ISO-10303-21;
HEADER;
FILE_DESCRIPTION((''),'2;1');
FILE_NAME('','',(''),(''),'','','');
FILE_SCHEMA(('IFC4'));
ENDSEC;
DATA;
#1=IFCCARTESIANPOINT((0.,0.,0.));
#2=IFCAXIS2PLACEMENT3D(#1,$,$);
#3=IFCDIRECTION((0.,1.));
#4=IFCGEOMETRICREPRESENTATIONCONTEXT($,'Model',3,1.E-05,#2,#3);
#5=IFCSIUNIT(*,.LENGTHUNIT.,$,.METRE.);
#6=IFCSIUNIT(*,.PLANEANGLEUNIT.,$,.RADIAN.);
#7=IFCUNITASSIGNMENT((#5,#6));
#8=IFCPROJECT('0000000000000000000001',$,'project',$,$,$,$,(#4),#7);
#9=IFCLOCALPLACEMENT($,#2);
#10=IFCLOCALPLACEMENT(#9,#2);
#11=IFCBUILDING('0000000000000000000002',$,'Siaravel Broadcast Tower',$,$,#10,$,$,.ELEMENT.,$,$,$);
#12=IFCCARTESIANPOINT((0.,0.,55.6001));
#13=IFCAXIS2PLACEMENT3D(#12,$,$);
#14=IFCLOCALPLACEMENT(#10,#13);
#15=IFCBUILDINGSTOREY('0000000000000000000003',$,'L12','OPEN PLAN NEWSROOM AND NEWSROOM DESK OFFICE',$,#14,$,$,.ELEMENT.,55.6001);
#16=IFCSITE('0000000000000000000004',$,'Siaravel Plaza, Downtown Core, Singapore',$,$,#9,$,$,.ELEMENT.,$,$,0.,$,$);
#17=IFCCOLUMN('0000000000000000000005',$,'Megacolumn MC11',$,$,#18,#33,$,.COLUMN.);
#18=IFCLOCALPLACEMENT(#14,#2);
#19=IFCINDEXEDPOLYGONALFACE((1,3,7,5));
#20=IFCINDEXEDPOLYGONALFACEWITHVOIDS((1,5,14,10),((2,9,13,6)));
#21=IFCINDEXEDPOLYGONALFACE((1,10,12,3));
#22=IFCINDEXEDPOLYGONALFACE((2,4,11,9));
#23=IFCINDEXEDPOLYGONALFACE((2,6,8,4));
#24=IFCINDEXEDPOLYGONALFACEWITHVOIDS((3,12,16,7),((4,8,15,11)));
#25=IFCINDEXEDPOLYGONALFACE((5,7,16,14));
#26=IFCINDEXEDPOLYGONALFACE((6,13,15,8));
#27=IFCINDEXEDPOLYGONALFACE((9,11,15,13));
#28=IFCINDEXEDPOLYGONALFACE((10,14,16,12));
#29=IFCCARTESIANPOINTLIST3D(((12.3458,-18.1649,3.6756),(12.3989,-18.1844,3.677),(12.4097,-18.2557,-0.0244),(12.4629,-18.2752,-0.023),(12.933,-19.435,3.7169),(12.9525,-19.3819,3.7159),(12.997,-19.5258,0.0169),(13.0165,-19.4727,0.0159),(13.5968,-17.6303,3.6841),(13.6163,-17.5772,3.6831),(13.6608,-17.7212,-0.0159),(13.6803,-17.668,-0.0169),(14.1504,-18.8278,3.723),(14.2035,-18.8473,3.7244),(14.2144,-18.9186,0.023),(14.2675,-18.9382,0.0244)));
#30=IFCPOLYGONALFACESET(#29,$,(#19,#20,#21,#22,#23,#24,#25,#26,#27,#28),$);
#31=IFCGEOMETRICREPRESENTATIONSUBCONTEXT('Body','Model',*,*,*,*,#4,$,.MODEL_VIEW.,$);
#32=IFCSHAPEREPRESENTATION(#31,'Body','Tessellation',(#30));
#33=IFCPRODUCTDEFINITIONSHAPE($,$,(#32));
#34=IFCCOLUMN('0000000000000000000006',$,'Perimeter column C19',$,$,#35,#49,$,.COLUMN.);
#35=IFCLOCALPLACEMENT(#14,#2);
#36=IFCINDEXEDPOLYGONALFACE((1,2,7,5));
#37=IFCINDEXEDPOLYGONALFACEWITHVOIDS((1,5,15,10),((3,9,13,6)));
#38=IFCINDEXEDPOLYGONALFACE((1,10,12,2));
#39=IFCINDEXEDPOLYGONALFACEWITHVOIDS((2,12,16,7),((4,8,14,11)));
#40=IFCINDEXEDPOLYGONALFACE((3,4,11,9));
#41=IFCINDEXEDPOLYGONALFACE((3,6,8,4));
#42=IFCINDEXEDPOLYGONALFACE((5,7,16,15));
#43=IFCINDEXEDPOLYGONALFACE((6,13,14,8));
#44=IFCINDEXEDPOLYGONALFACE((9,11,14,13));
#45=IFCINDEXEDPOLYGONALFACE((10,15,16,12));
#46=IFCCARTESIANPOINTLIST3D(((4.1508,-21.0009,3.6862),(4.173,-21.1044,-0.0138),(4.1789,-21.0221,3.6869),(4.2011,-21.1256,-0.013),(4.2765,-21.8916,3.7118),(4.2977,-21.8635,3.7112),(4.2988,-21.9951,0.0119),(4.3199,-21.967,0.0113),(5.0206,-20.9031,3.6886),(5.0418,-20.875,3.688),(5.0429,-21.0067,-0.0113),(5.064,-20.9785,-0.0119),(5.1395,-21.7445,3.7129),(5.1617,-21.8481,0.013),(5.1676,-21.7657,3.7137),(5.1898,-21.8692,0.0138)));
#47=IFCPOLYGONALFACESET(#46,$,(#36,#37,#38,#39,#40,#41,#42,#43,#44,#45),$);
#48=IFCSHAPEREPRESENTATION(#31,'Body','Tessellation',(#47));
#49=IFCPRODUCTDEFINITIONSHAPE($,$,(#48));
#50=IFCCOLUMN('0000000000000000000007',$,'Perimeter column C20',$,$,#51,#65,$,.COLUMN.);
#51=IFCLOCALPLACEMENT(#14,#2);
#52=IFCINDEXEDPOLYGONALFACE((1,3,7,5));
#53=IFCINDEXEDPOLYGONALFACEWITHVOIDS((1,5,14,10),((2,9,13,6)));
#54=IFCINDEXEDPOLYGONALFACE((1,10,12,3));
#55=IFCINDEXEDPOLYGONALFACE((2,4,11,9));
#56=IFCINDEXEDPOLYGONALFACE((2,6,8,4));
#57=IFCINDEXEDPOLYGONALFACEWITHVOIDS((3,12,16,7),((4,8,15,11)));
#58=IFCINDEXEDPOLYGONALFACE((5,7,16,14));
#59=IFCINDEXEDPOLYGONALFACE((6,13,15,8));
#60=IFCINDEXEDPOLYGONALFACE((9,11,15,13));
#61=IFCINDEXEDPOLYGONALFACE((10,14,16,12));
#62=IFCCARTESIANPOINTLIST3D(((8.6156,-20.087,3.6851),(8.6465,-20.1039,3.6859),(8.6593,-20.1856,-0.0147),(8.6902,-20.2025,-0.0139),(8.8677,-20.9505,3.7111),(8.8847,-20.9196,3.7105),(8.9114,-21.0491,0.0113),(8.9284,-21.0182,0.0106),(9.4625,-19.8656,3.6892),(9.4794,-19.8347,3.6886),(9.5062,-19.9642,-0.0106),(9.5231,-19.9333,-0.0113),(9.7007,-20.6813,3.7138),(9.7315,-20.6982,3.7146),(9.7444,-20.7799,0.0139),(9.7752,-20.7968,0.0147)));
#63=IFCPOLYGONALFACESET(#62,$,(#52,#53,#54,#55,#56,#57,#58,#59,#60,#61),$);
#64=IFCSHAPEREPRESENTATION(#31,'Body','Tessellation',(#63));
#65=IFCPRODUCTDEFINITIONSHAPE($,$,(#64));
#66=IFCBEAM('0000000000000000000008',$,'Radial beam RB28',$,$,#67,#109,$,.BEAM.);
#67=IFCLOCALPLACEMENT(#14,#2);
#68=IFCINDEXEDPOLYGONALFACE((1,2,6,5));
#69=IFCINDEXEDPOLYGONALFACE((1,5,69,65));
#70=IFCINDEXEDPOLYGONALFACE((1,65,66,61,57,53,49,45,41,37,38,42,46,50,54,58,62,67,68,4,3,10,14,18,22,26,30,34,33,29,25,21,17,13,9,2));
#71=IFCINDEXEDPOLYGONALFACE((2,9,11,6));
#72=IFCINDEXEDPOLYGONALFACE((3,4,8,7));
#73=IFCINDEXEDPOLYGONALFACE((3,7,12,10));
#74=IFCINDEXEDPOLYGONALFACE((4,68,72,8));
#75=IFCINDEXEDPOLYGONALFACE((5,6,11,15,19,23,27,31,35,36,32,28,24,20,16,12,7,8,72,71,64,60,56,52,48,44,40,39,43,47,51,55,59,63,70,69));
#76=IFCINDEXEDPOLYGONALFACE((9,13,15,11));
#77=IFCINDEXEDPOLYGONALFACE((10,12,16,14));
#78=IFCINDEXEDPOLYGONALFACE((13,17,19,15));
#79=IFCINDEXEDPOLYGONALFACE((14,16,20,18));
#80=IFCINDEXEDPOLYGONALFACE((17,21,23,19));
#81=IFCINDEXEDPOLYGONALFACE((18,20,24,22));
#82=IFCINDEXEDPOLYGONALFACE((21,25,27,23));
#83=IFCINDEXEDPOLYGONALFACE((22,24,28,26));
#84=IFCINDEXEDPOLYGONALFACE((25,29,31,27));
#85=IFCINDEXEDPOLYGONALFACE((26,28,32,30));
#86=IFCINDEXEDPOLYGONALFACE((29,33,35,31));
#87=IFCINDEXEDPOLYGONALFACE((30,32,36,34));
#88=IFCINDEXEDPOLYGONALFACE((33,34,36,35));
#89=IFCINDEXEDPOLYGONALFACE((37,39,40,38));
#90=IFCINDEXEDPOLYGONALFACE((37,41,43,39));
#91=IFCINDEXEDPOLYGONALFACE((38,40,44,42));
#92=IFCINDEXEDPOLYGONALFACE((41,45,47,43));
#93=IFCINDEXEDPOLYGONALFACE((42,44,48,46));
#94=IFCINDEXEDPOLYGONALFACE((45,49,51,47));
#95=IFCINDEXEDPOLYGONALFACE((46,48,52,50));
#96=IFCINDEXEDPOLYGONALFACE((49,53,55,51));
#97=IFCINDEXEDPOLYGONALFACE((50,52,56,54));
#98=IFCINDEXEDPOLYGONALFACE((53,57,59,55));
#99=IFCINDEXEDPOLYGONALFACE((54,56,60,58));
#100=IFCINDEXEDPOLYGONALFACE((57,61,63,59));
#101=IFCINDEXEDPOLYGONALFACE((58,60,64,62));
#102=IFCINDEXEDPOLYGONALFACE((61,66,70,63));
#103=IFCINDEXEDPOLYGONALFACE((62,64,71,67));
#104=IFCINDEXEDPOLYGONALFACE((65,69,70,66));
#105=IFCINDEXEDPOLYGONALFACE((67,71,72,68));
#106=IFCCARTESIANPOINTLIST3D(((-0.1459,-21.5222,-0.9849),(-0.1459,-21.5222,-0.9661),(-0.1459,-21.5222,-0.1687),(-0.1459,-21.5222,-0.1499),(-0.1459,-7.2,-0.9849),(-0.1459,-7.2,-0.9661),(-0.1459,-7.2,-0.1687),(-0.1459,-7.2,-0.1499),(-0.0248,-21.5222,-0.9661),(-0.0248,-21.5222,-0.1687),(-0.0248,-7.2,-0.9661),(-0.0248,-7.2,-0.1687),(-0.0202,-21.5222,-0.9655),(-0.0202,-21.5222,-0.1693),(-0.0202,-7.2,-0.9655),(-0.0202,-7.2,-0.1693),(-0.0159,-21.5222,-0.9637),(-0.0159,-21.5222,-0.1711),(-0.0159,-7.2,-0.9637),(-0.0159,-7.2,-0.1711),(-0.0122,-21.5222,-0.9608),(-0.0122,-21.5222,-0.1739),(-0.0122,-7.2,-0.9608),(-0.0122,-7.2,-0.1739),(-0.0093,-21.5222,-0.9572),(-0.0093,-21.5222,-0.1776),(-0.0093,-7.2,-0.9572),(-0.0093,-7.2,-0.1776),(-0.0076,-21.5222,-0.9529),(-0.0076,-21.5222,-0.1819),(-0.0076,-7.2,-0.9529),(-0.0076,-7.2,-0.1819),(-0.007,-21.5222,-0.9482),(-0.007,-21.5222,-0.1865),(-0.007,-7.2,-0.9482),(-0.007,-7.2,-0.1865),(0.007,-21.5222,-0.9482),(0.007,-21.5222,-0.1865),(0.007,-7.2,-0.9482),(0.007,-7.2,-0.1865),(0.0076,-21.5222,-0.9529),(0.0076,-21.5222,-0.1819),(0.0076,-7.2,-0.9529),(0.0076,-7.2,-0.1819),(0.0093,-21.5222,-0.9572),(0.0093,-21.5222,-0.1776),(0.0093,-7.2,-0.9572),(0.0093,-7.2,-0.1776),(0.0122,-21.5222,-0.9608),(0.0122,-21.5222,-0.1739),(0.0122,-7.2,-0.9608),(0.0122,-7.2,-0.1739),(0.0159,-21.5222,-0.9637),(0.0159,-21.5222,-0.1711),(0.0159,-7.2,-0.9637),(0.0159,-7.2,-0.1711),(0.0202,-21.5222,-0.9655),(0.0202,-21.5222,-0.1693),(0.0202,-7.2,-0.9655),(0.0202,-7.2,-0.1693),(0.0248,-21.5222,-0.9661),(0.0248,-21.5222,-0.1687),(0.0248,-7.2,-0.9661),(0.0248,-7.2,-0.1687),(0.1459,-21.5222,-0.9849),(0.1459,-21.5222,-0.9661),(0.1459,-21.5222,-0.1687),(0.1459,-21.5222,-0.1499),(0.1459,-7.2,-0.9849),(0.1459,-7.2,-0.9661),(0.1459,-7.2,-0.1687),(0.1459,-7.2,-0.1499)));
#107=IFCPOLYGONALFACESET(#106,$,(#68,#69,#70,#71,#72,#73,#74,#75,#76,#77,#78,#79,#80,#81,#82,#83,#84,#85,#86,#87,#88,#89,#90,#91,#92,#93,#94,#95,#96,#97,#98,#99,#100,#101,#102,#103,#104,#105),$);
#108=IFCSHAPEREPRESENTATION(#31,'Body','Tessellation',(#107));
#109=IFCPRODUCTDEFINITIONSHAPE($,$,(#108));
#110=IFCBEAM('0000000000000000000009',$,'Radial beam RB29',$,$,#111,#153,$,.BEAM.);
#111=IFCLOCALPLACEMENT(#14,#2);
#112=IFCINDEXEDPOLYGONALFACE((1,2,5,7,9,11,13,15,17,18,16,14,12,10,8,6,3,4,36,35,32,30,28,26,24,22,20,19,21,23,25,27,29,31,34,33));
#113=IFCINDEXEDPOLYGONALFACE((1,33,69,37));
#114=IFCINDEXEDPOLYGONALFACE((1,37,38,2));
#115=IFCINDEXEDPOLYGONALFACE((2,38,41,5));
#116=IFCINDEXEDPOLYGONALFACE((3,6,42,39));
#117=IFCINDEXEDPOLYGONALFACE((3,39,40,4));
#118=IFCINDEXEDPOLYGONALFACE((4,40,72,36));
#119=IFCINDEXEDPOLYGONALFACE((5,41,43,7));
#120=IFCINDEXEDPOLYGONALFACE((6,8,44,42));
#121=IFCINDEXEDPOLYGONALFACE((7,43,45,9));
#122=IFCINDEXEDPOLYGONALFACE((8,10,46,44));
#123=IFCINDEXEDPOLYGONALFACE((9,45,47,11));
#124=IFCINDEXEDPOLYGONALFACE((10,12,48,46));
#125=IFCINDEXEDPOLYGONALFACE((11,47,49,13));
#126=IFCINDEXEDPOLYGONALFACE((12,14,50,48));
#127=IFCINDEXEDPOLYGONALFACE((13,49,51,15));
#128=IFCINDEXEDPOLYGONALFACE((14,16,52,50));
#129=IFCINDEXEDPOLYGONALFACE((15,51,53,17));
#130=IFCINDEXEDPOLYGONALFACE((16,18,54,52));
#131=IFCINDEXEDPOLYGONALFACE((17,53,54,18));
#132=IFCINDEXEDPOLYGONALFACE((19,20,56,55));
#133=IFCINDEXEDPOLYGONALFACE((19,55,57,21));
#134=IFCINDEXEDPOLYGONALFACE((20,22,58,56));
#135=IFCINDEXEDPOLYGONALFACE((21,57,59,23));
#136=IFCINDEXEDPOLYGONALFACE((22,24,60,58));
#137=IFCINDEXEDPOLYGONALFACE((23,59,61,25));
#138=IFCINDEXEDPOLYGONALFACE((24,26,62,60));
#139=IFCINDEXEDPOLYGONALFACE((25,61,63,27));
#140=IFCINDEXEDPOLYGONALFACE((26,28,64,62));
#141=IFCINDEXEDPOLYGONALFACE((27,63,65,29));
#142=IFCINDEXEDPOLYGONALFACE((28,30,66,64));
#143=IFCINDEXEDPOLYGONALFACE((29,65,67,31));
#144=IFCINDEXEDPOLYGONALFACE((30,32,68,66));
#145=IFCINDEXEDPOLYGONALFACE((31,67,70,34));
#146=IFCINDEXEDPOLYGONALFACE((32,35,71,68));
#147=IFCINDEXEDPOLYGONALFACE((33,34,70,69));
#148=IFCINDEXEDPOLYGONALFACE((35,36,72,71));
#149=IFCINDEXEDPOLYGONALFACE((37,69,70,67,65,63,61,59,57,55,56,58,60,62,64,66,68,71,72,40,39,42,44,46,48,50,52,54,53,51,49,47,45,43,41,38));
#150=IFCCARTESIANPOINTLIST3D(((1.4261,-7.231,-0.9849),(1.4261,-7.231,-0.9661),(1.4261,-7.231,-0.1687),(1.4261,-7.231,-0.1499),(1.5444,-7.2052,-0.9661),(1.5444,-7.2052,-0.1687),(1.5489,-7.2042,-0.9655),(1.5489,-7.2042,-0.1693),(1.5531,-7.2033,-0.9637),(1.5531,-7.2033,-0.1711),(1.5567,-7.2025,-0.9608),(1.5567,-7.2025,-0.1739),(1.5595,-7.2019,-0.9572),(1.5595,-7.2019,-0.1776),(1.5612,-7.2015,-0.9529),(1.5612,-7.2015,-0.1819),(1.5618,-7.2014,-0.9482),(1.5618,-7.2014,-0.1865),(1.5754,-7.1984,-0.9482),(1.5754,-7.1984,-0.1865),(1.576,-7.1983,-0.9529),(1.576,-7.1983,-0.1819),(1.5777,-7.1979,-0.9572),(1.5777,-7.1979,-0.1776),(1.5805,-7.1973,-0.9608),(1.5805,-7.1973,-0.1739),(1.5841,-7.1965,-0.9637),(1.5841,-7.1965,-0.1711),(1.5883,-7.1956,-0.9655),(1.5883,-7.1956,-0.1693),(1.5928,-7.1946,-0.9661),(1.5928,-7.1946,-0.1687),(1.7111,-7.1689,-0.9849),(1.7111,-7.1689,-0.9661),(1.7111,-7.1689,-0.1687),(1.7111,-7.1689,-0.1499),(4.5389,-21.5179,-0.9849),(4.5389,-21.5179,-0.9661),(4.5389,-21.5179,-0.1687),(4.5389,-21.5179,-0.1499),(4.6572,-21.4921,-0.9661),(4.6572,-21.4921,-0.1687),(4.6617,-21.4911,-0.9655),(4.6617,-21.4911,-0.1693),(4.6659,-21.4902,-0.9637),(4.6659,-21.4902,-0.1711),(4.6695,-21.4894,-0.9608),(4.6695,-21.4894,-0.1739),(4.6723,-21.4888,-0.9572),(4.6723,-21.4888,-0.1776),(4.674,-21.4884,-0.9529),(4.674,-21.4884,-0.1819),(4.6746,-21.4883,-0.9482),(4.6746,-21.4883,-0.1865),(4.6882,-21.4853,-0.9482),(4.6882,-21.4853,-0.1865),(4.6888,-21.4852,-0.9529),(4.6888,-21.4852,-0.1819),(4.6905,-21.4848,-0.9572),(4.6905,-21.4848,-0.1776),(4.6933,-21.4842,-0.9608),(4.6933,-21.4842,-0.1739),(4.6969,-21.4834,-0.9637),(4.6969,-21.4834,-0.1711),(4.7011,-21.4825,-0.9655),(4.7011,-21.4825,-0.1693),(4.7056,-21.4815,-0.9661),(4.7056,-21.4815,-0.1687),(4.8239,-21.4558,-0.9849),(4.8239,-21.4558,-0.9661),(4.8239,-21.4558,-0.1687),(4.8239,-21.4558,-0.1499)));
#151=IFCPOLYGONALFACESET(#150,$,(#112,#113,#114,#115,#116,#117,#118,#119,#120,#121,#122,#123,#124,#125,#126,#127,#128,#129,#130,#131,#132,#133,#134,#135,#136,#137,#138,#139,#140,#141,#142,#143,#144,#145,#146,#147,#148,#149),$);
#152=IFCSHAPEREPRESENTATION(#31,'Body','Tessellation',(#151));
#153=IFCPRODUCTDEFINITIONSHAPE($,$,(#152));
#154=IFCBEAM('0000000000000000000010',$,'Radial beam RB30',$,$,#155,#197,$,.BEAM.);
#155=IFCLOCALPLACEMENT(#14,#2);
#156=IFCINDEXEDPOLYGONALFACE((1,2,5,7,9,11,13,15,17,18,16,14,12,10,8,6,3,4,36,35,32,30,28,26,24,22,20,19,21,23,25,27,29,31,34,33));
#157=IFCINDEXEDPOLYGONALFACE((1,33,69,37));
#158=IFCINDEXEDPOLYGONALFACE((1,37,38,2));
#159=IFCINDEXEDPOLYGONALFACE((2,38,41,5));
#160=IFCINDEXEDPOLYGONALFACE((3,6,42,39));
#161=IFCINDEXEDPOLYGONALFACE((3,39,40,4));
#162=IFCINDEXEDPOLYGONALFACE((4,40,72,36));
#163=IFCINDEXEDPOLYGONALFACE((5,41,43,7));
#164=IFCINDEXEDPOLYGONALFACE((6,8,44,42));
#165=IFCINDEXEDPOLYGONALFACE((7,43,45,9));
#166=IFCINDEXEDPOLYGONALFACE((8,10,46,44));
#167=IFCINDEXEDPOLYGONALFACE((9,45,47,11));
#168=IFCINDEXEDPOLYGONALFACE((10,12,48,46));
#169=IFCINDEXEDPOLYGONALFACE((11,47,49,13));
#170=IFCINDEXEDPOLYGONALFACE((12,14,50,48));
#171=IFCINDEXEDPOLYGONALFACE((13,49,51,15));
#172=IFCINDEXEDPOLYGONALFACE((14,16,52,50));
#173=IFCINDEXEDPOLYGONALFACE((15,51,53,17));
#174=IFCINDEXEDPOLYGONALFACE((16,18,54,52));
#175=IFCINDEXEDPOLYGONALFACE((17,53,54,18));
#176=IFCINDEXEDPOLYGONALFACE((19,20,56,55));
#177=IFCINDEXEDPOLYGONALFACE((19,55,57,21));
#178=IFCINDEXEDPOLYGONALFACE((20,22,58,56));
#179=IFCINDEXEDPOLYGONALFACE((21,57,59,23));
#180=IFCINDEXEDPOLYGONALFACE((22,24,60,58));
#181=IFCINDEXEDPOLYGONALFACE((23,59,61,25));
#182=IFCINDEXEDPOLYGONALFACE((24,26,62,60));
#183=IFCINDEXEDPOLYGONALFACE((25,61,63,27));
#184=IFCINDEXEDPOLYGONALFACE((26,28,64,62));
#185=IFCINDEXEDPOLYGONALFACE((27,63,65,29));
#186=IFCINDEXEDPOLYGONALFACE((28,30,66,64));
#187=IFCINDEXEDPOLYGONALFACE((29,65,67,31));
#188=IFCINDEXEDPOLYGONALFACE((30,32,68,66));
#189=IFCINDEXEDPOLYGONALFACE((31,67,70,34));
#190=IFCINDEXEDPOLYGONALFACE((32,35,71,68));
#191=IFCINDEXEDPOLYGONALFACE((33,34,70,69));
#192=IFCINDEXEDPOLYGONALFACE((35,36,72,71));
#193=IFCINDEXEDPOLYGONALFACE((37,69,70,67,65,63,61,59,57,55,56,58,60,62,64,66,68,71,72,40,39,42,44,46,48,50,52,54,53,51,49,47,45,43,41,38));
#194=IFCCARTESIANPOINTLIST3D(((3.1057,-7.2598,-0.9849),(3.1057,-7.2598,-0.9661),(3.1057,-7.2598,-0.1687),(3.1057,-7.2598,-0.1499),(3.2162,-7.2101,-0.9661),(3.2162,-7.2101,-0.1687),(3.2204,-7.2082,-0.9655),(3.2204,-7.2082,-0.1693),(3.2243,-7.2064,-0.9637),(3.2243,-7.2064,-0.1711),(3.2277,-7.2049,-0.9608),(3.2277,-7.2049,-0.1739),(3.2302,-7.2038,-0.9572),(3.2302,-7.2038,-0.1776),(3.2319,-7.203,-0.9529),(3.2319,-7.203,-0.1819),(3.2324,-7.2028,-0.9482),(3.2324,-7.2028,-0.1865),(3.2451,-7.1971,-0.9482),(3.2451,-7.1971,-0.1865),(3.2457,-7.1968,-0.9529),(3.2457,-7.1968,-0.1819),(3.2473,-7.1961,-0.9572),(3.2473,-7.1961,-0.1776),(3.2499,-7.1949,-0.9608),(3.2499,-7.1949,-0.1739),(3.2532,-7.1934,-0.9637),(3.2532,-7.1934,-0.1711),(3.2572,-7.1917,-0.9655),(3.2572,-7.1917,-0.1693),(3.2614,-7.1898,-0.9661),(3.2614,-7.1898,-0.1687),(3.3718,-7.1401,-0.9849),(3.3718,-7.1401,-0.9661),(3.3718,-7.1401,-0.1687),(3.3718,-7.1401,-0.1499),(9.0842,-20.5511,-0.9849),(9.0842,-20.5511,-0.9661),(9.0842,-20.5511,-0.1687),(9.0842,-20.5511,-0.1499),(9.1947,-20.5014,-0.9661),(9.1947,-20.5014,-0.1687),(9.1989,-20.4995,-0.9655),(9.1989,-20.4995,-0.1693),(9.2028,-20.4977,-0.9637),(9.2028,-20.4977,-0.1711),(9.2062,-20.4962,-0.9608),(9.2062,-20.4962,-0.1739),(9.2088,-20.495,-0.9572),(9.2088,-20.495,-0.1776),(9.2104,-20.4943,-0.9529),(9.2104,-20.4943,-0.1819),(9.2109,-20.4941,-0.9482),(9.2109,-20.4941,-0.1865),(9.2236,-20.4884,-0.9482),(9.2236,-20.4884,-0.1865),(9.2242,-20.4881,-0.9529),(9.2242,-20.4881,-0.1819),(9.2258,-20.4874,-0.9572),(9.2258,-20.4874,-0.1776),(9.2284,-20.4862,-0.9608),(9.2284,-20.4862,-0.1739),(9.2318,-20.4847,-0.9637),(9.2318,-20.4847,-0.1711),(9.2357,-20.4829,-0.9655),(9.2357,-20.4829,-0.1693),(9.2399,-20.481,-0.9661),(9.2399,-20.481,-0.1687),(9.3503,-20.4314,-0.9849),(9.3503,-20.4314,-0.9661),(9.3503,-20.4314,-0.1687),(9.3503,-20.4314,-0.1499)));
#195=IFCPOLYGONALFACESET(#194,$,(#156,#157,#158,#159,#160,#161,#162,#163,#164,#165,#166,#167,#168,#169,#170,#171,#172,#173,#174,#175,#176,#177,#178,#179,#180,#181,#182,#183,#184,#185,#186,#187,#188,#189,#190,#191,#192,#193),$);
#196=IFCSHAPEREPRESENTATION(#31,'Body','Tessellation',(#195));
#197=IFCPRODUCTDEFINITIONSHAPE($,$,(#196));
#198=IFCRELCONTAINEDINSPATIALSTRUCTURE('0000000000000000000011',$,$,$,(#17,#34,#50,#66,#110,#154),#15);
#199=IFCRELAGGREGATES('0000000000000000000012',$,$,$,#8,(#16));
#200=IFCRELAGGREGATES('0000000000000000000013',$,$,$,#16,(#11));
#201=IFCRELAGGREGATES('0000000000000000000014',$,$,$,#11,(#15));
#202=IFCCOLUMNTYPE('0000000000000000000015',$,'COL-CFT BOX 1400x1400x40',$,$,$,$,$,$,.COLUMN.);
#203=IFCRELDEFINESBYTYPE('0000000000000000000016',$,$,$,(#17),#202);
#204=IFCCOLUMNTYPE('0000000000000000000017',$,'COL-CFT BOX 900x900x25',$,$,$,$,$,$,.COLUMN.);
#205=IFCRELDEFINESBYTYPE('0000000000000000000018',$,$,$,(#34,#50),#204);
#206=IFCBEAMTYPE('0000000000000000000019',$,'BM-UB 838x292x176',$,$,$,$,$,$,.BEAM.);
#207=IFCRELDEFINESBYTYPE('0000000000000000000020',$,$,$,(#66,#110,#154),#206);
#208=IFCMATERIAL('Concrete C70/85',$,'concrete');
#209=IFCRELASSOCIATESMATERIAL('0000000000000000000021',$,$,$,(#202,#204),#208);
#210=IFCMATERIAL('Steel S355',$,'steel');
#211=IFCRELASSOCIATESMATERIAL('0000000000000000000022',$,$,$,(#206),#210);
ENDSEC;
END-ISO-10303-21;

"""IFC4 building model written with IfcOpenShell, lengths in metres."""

from ifc_helpers import new_model, si_unit, direction, frame, origin, origin_2d, place, context, subcontext, project, spatial, hollow_rectangle, i_section, extrude, material, material_profile, profile_set, type_object, element, save


model = new_model("IFC4")

# Units and contexts
model_context = context("Model", 3, precision=1e-05, world=origin(), true_north=direction((0.0, 1.0)))
body_context = subcontext(model_context, "Body", "Model", "MODEL_VIEW")
ifc_project = project(units=[si_unit("LENGTHUNIT", "METRE"), si_unit("PLANEANGLEUNIT", "RADIAN")], contexts=[model_context])

# Site, building, storey
site_placement = place(None, origin())
site = spatial("IfcSite", under=ifc_project, at=site_placement, Name="Siaravel Plaza, Downtown Core, Singapore", CompositionType="ELEMENT", RefElevation=0.0)
building_placement = place(site_placement, origin())
building = spatial("IfcBuilding", under=site, at=building_placement, Name="Siaravel Broadcast Tower", CompositionType="ELEMENT")
storey_placement = place(building_placement, frame((0.0, 0.0, 55.6001)))
storey = spatial("IfcBuildingStorey", under=building, at=storey_placement, Name="L12", Description="OPEN PLAN NEWSROOM AND NEWSROOM DESK OFFICE", CompositionType="ELEMENT", Elevation=55.6001)

# Columns
ifc_material_1 = material(Name="Concrete C70/85", Category="concrete")
ifc_material_profile_1 = material_profile(ifc_material_1, hollow_rectangle(XDim=1.3999, YDim=1.3999, WallThickness=0.04, at=origin_2d()))
ifc_profile_set_1 = profile_set([ifc_material_profile_1], Name="Concrete C70/85")
column_type_1 = type_object("IfcColumnType", Name="COL-CFT BOX 1400x1400x40", PredefinedType="COLUMN", material=ifc_profile_set_1)
column_placement = place(storey_placement, frame((13.3386, -18.5969, 0.0), z_axis=(-0.01728, 0.024535, 0.99955), x_axis=(-0.907606, -0.419789, -0.005386)))
element("IfcColumn", 1, at=column_placement, inside=storey, type_object=column_type_1, Name="Megacolumn MC11", PredefinedType="COLUMN", context=body_context, shape_type="SweptSolid", body=[
    extrude(hollow_rectangle(XDim=1.3999, YDim=1.3999, WallThickness=0.04, at=origin_2d()), origin(), (0.0, 0.0, 1.0), 3.7017),
])
ifc_material_profile_2 = material_profile(ifc_material_1, hollow_rectangle(XDim=0.8999, YDim=0.8999, WallThickness=0.0249, at=origin_2d()))
ifc_profile_set_2 = profile_set([ifc_material_profile_2], Name="Concrete C70/85")
column_type_2 = type_object("IfcColumnType", Name="COL-CFT BOX 900x900x25", PredefinedType="COLUMN", material=ifc_profile_set_2)
for number, where, z_axis, x_axis, name in (
    (2, (4.6814, -21.4868, 0.0), (-0.006002, 0.027966, 0.999591), (-0.990164, -0.139896, -0.002032), "Perimeter column C19"),
    (3, (9.2173, -20.4912, 0.0), (-0.011806, 0.026647, 0.999575), (-0.959887, -0.280361, -0.003864), "Perimeter column C20"),
):
    element("IfcColumn", number, at=place(storey_placement, frame(where, z_axis=z_axis, x_axis=x_axis)), inside=storey, type_object=column_type_2, Name=name, PredefinedType="COLUMN", context=body_context, shape_type="SweptSolid", body=[
        extrude(hollow_rectangle(XDim=0.8999, YDim=0.8999, WallThickness=0.0249, at=origin_2d()), origin(), (0.0, 0.0, 1.0), 3.7014),
    ])

# Beams
ifc_material_2 = material(Name="Steel S355", Category="steel")
ifc_material_profile_3 = material_profile(ifc_material_2, i_section(OverallWidth=0.2917, OverallDepth=0.835, WebThickness=0.0139, FlangeThickness=0.0188, FilletRadius=0.0178, at=origin_2d()))
ifc_profile_set_3 = profile_set([ifc_material_profile_3], Name="Steel S355")
beam_type = type_object("IfcBeamType", Name="BM-UB 838x292x176", PredefinedType="BEAM", material=ifc_profile_set_3)
beam_1_placement = place(storey_placement, frame((0.0, -21.5222, -0.5674), z_axis=(0.0, 1.0, 0.0), x_axis=(-1.0, 0.0, 0.0)))
element("IfcBeam", 4, at=beam_1_placement, inside=storey, type_object=beam_type, Name="Radial beam RB28", PredefinedType="BEAM", context=body_context, shape_type="SweptSolid", body=[
    extrude(i_section(OverallWidth=0.2917, OverallDepth=0.835, WebThickness=0.0139, FlangeThickness=0.0188, FilletRadius=0.0178, at=origin_2d()), origin(), (0.0, 0.0, 1.0), 14.3223),
])
beam_2_placement = place(storey_placement, frame((4.6814, -21.4868, -0.5674), z_axis=(-0.212884, 0.977078, 0.0), x_axis=(-0.977078, -0.212884, 0.0)))
element("IfcBeam", 5, at=beam_2_placement, inside=storey, type_object=beam_type, Name="Radial beam RB29", PredefinedType="BEAM", context=body_context, shape_type="SweptSolid", body=[
    extrude(i_section(OverallWidth=0.2917, OverallDepth=0.835, WebThickness=0.0139, FlangeThickness=0.0188, FilletRadius=0.0178, at=origin_2d()), origin(), (0.0, 0.0, 1.0), 14.6221),
])
beam_3_placement = place(storey_placement, frame((9.2173, -20.4912, -0.5674), z_axis=(-0.410219, 0.911987, 0.0), x_axis=(-0.911987, -0.410219, 0.0)))
element("IfcBeam", 6, at=beam_3_placement, inside=storey, type_object=beam_type, Name="Radial beam RB30", PredefinedType="BEAM", context=body_context, shape_type="SweptSolid", body=[
    extrude(i_section(OverallWidth=0.2917, OverallDepth=0.835, WebThickness=0.0139, FlangeThickness=0.0188, FilletRadius=0.0178, at=origin_2d()), origin(), (0.0, 0.0, 1.0), 14.574),
])

save(model, "model.ifc")
